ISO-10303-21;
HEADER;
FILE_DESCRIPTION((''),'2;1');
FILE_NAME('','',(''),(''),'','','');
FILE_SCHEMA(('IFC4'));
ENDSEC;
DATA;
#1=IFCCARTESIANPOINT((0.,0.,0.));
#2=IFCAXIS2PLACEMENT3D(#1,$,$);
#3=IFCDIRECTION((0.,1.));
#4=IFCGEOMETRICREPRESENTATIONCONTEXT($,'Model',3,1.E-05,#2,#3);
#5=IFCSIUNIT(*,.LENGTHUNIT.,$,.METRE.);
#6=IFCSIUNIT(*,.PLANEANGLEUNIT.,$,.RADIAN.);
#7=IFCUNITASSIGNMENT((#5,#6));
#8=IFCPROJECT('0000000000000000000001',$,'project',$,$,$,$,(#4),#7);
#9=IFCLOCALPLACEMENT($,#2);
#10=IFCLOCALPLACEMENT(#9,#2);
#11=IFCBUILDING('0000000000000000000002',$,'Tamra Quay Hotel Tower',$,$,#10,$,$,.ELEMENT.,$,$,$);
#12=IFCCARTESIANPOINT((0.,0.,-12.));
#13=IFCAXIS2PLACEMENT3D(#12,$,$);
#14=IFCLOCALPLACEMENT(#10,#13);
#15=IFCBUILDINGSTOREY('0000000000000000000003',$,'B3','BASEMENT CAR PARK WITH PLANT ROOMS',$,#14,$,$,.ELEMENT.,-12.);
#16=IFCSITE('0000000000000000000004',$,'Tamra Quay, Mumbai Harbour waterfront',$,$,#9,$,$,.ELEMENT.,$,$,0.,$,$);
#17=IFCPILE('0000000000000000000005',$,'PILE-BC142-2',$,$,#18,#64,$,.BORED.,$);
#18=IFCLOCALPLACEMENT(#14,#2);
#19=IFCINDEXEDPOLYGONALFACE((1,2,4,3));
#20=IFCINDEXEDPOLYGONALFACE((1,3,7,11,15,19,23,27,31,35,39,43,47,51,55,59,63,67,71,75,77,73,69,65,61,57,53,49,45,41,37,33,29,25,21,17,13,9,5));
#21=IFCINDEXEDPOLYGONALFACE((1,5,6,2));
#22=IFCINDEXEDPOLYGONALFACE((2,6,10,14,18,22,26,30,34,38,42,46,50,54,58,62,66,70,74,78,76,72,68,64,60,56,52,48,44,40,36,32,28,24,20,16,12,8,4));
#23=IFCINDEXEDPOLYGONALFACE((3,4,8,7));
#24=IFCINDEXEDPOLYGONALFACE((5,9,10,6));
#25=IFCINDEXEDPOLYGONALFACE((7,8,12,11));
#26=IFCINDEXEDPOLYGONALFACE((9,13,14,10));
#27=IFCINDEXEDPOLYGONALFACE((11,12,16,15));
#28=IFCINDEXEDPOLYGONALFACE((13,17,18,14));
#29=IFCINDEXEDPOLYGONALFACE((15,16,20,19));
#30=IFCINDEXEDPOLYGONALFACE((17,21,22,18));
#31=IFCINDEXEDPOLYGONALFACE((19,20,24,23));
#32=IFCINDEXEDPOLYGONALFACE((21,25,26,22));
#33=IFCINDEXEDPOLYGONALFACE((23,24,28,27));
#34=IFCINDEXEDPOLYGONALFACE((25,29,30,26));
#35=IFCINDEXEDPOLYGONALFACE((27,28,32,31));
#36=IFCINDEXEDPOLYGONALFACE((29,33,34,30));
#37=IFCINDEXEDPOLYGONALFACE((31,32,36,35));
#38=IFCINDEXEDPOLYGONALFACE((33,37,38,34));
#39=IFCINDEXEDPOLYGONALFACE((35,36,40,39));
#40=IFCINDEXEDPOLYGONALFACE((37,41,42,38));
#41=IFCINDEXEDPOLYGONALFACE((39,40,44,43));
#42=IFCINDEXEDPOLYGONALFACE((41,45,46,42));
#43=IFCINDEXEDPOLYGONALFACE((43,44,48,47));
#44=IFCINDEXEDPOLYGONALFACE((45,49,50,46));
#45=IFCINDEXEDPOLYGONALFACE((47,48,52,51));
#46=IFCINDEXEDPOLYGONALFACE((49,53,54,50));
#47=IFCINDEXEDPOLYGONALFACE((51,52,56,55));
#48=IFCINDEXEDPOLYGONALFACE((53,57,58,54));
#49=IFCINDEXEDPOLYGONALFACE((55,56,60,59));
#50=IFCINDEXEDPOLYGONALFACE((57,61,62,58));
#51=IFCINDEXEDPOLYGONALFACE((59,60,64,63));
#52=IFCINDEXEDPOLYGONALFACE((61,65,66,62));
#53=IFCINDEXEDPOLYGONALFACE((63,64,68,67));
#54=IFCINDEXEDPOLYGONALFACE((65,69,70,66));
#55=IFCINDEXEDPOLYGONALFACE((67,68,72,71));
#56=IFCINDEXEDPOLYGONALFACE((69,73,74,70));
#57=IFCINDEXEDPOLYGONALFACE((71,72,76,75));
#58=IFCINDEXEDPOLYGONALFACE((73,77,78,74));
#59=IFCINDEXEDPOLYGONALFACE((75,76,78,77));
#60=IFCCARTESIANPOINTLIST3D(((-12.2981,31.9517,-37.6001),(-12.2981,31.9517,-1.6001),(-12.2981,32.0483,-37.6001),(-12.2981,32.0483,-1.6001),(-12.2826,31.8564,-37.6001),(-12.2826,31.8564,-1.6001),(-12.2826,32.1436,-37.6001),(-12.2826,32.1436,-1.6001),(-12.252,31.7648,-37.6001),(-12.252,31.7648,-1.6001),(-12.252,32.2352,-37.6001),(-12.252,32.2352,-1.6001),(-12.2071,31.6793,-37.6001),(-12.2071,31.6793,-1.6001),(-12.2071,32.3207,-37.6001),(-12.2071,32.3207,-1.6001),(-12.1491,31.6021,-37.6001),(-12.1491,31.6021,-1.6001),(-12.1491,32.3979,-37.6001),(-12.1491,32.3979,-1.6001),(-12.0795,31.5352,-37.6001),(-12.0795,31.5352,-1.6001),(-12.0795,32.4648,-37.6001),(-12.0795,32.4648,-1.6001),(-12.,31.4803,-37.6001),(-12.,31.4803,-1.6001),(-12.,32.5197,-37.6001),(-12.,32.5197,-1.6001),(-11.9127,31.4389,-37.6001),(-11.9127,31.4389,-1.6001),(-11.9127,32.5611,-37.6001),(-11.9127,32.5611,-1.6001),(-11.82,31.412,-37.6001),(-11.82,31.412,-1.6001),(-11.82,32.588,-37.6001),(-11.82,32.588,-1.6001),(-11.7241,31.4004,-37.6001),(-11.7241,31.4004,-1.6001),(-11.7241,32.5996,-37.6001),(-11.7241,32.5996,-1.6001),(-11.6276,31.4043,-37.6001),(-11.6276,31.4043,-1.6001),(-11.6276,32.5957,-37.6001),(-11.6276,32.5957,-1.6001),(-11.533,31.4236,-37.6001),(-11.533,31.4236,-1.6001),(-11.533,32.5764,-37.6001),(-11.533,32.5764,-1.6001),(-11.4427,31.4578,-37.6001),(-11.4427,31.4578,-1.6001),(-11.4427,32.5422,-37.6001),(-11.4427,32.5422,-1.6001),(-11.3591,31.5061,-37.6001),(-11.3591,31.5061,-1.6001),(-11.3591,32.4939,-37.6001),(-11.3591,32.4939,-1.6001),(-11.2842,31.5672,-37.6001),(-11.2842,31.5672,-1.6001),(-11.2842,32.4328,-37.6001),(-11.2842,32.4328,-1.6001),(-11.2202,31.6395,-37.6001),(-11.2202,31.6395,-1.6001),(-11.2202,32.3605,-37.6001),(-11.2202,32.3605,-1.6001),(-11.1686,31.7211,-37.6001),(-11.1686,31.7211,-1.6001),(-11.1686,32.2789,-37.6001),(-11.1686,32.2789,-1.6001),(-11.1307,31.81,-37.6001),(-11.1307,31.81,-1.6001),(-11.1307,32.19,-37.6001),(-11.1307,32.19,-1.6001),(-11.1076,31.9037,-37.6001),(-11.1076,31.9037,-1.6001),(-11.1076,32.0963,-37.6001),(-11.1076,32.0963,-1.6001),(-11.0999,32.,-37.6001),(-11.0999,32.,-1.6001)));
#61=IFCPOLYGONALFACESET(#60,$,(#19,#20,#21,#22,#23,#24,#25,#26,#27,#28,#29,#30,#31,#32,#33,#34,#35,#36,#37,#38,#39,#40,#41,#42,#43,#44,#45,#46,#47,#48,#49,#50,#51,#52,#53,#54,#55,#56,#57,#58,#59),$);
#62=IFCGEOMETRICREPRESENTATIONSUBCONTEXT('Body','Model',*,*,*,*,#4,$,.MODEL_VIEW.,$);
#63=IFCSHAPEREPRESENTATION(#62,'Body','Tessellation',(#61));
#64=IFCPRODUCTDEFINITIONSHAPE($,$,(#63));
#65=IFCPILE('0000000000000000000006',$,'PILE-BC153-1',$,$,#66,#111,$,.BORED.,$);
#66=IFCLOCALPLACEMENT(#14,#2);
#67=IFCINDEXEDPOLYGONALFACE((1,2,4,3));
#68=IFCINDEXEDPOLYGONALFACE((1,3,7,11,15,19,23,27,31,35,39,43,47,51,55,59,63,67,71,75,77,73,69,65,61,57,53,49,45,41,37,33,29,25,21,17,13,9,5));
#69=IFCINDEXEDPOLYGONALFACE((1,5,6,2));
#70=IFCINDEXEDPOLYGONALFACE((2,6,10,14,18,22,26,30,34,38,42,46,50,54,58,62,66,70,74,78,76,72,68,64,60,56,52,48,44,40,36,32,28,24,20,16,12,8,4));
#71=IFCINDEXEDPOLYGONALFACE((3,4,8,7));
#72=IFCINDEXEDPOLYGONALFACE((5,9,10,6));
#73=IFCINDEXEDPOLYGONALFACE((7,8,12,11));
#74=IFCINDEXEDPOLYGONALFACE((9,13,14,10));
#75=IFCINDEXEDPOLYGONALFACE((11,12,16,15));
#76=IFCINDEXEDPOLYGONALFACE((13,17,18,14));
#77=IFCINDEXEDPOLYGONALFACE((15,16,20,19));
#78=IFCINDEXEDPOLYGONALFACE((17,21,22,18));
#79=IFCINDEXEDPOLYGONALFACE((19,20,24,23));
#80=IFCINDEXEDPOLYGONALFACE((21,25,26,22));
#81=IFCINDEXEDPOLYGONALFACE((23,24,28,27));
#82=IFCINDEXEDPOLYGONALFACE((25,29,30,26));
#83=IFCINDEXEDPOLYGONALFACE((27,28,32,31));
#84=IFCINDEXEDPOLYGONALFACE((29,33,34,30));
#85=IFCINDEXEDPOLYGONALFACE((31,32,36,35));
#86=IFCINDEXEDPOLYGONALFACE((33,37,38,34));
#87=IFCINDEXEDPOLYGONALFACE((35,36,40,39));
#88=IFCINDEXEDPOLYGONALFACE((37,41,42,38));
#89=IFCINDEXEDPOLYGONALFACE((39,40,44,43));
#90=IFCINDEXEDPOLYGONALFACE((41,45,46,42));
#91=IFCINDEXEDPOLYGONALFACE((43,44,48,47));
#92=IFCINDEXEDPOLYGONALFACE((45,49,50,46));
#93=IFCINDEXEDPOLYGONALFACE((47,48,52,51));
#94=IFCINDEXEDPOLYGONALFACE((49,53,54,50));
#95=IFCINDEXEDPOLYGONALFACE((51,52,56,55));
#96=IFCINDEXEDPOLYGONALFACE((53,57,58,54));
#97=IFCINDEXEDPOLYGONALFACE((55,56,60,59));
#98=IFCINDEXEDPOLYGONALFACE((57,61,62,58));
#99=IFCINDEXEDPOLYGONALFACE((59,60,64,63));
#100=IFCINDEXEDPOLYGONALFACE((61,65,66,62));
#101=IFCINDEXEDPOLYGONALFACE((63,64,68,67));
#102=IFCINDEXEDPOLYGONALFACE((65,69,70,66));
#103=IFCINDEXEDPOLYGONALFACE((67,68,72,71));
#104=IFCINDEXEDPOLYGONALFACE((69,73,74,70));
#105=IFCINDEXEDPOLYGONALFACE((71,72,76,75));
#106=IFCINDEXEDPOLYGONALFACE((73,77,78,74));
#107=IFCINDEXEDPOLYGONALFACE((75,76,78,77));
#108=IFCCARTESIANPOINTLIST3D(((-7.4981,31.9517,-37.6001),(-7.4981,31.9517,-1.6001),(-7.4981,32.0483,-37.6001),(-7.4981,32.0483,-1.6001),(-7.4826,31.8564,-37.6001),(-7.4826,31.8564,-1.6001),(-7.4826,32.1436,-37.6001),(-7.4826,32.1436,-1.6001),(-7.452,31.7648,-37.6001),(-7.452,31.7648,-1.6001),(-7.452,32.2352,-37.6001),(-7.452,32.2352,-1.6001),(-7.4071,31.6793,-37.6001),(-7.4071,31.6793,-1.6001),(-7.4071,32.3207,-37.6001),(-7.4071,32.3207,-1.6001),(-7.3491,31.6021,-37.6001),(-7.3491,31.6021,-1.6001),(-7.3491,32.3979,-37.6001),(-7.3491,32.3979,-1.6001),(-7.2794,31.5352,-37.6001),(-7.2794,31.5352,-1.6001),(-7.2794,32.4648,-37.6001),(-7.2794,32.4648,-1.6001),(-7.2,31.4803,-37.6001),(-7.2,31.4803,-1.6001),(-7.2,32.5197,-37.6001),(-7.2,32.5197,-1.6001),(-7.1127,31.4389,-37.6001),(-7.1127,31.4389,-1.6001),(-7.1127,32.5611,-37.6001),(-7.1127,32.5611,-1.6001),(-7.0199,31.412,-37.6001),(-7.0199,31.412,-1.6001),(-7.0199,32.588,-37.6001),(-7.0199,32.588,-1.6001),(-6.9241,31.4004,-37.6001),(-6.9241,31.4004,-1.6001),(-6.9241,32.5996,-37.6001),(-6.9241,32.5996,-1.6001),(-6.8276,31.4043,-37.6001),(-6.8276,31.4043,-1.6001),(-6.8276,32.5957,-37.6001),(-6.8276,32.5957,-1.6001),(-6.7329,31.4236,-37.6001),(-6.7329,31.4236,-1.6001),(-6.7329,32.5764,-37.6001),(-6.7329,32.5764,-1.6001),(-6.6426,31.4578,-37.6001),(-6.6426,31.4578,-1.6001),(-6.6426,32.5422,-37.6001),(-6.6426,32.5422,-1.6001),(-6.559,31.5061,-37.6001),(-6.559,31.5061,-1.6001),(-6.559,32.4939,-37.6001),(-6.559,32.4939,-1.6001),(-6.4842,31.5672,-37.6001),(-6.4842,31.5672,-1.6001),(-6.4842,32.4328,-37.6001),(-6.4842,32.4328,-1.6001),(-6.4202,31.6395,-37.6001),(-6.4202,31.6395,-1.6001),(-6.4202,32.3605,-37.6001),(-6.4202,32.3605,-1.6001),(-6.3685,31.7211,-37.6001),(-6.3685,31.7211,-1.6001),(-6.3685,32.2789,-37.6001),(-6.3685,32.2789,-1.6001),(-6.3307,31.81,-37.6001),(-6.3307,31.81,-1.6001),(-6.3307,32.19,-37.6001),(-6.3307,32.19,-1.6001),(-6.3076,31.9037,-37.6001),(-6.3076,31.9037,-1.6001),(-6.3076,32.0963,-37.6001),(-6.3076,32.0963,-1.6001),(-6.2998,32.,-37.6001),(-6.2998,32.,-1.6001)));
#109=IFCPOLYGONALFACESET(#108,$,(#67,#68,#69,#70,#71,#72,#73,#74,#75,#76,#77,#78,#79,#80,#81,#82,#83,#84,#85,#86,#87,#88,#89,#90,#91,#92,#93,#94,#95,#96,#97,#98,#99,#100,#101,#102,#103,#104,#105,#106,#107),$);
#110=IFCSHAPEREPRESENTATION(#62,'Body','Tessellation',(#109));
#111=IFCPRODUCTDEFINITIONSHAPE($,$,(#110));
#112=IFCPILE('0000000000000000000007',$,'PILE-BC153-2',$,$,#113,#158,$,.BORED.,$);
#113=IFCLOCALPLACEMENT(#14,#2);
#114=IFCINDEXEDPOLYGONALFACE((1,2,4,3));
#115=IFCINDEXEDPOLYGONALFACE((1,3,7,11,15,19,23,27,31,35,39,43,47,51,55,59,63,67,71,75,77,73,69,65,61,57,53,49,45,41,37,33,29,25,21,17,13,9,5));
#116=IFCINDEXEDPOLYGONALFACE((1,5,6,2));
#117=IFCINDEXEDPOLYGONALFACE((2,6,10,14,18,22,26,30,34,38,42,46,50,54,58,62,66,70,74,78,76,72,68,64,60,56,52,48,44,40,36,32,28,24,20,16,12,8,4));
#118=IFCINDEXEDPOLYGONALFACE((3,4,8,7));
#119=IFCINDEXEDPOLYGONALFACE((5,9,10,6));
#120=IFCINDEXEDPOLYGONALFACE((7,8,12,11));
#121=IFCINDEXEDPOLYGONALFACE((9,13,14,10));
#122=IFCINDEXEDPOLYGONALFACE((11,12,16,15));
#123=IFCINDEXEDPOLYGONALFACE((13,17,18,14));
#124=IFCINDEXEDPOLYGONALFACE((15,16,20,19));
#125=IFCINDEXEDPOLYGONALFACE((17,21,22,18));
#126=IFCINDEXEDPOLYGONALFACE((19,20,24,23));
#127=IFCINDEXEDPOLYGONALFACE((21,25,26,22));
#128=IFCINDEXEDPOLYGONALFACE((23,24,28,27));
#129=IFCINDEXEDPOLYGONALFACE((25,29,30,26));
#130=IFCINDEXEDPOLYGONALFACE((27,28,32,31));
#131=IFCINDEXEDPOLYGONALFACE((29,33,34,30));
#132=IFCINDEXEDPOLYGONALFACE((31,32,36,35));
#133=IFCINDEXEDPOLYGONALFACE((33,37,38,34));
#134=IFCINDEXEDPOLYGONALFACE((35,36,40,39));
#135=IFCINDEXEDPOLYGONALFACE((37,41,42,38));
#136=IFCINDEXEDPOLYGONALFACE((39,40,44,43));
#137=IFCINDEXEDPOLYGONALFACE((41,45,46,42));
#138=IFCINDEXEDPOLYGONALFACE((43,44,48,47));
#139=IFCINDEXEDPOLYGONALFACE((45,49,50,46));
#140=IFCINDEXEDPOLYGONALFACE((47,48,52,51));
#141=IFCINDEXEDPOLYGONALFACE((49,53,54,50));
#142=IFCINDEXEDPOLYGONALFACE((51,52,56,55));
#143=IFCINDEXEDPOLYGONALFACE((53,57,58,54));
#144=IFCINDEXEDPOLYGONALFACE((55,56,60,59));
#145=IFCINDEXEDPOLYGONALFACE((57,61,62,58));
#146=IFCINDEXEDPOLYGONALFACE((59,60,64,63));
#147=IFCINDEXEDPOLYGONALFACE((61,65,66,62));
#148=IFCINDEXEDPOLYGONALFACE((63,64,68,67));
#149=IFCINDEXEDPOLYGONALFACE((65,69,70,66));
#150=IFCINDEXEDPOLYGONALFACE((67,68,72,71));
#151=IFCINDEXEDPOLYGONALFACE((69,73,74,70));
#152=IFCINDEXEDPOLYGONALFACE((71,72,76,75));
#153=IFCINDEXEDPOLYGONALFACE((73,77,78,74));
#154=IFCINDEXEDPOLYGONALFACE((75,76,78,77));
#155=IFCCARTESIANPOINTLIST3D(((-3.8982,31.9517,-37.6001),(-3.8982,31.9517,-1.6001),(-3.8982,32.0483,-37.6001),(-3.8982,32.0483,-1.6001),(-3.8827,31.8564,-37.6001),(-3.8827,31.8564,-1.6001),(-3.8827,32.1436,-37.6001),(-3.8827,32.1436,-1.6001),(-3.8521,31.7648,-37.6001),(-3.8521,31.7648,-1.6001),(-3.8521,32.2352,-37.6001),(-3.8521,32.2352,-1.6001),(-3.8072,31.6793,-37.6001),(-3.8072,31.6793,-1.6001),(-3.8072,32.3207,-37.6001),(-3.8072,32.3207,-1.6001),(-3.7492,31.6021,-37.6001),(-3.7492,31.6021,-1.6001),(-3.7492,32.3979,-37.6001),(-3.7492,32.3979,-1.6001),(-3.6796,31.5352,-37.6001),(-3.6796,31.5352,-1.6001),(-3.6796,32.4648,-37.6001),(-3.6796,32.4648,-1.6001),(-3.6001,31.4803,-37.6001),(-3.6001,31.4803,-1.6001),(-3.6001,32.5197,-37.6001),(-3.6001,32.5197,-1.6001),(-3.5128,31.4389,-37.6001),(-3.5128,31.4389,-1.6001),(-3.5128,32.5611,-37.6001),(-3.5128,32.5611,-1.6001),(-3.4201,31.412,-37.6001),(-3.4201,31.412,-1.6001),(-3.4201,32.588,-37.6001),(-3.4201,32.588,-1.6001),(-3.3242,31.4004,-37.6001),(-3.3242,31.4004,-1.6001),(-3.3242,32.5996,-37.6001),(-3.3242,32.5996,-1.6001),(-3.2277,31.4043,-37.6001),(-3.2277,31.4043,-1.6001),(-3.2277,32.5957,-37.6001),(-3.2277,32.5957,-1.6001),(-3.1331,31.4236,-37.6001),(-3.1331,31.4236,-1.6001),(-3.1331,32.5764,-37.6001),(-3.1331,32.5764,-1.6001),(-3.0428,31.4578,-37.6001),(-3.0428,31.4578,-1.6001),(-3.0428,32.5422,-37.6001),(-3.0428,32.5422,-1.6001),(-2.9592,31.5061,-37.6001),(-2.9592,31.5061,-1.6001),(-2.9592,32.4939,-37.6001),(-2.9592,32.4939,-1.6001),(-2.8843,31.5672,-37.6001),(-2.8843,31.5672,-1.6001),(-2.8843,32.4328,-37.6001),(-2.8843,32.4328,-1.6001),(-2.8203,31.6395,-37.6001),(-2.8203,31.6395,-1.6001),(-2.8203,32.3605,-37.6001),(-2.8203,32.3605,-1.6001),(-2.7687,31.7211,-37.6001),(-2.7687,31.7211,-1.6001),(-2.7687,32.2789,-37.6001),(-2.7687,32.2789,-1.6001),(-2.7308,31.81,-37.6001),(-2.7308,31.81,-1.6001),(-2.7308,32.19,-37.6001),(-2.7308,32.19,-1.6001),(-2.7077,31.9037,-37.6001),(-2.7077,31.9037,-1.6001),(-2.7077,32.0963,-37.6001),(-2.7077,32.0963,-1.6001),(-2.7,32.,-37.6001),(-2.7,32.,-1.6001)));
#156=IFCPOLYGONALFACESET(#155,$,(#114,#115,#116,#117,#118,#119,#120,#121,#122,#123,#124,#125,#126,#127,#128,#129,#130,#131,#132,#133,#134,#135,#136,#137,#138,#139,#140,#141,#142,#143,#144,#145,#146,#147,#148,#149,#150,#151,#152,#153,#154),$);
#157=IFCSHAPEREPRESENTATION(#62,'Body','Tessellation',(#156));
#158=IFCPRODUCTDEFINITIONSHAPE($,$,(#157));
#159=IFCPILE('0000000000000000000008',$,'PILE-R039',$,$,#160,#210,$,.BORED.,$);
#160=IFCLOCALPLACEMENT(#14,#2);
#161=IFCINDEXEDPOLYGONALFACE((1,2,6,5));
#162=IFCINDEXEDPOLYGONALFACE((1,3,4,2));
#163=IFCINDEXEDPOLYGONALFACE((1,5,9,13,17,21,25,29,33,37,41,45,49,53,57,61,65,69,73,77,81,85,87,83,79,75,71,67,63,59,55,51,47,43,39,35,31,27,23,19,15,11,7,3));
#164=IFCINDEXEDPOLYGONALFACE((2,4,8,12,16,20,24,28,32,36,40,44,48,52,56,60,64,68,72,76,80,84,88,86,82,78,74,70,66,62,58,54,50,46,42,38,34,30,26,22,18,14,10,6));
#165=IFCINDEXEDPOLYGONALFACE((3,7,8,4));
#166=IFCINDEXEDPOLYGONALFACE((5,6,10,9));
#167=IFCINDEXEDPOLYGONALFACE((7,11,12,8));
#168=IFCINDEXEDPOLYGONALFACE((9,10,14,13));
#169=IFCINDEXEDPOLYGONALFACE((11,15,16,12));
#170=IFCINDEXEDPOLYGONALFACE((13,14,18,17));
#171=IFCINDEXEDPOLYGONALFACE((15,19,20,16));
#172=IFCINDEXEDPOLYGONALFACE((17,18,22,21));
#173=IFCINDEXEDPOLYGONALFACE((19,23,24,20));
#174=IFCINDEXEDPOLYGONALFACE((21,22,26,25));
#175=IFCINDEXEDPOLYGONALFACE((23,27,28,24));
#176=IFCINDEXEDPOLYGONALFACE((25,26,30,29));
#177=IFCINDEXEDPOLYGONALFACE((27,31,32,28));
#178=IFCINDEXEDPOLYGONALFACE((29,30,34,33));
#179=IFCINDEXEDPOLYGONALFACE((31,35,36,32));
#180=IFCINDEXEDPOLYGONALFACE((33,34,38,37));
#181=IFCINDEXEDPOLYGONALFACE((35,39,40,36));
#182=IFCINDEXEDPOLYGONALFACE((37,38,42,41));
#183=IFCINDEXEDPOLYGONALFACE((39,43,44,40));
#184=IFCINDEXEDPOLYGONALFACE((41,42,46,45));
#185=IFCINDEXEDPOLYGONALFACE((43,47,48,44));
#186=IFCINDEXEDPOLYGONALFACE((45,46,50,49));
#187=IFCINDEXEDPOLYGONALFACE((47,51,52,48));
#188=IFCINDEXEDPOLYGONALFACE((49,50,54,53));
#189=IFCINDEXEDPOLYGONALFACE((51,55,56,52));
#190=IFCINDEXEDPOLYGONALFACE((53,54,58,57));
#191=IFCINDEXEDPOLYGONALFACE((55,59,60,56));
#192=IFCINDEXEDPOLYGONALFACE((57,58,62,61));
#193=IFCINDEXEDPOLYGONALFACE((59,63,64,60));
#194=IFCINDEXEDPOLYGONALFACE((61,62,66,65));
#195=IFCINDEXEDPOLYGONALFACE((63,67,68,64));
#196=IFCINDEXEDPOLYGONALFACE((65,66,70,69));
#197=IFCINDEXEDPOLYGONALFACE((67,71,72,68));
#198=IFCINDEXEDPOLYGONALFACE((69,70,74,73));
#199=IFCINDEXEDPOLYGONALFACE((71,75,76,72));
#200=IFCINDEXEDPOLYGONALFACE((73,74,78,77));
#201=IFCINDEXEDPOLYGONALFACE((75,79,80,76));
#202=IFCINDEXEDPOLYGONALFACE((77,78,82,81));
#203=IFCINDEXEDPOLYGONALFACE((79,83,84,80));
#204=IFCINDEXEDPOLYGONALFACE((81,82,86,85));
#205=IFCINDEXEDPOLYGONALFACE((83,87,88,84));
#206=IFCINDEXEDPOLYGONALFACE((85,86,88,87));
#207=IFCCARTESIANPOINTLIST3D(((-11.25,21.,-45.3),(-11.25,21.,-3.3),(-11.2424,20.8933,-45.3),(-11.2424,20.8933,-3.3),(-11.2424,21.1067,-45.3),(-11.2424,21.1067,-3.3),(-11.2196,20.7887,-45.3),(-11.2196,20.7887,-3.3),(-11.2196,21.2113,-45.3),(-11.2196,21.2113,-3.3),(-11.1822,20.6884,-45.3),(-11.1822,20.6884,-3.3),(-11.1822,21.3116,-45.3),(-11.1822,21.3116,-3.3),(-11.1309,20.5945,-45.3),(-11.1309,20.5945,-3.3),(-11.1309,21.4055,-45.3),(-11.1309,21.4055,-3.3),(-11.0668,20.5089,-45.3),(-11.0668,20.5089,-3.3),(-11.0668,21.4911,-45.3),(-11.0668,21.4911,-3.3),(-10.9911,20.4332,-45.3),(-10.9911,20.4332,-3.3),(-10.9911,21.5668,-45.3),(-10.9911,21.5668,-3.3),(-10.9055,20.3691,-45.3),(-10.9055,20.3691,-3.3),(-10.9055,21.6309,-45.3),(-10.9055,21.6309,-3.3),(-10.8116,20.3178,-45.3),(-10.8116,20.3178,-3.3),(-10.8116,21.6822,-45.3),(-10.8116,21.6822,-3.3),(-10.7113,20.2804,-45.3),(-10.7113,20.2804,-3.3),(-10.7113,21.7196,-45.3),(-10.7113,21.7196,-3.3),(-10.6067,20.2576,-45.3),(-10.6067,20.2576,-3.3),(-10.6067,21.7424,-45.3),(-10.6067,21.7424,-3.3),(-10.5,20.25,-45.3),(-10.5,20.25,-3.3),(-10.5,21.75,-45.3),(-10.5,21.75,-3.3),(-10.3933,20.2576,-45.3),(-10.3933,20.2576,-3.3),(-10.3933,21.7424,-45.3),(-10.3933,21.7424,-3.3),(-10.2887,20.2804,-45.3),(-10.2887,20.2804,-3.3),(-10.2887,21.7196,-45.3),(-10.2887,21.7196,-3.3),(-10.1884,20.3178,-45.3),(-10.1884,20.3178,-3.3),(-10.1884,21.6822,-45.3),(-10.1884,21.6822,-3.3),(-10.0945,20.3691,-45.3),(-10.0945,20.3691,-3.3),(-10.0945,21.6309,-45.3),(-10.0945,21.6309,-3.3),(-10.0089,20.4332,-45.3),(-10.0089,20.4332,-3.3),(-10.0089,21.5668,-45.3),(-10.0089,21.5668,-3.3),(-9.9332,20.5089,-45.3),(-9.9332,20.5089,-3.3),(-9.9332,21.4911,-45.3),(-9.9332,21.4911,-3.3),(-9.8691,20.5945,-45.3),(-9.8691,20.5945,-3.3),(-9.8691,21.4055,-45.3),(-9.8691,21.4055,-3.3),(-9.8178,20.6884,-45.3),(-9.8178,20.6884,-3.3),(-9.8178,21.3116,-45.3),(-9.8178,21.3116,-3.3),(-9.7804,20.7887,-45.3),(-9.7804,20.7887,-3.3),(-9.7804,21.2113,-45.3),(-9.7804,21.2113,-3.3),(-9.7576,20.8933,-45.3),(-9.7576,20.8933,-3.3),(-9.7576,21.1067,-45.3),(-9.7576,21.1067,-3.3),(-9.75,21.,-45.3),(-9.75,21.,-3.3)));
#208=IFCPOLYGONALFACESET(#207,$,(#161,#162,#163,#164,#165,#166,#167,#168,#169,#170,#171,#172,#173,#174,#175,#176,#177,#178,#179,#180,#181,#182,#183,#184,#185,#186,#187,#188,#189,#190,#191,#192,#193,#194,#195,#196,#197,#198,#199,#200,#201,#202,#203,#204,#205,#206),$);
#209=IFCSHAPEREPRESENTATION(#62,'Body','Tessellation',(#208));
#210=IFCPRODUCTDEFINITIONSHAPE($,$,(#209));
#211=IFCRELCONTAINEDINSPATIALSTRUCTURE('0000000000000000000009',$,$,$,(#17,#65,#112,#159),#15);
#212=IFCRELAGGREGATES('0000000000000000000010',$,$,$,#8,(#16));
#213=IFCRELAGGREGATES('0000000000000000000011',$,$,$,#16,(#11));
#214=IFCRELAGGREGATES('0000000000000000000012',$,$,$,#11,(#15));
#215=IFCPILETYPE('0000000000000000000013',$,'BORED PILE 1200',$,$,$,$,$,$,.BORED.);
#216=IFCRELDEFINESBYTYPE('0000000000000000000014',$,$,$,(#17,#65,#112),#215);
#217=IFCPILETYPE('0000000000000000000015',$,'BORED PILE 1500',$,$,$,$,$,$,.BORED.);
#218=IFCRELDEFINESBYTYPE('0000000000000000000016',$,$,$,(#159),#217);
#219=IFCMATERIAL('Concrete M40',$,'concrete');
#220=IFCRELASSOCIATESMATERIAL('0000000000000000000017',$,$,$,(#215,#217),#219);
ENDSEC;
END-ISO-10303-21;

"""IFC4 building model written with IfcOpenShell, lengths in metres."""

from ifc_helpers import new_model, si_unit, direction, frame, origin, origin_2d, place, context, subcontext, project, spatial, circle, extrude, material, material_profile, profile_set, type_object, element, save


model = new_model("IFC4")

# Units and contexts
model_context = context("Model", 3, precision=1e-05, world=origin(), true_north=direction((0.0, 1.0)))
body_context = subcontext(model_context, "Body", "Model", "MODEL_VIEW")
ifc_project = project(units=[si_unit("LENGTHUNIT", "METRE"), si_unit("PLANEANGLEUNIT", "RADIAN")], contexts=[model_context])

# Site, building, storey
site_placement = place(None, origin())
site = spatial("IfcSite", under=ifc_project, at=site_placement, Name="Tamra Quay, Mumbai Harbour waterfront", CompositionType="ELEMENT", RefElevation=0.0)
building_placement = place(site_placement, origin())
building = spatial("IfcBuilding", under=site, at=building_placement, Name="Tamra Quay Hotel Tower", CompositionType="ELEMENT")
storey_placement = place(building_placement, frame((0.0, 0.0, -12.0)))
storey = spatial("IfcBuildingStorey", under=building, at=storey_placement, Name="B3", Description="BASEMENT CAR PARK WITH PLANT ROOMS", CompositionType="ELEMENT", Elevation=-12.0)

# Piles
ifc_material_1 = material(Name="Concrete M40", Category="concrete")
ifc_material_profile_1 = material_profile(ifc_material_1, circle(Radius=0.6001, at=origin_2d()), Name="BORED PILE 1200")
ifc_profile_set_1 = profile_set([ifc_material_profile_1], Name="Concrete M40")
pile_type_1 = type_object("IfcPileType", Name="BORED PILE 1200", PredefinedType="BORED", material=ifc_profile_set_1)
for number, where, z_axis, x_axis, name in (
    (1, (-11.7, 32.0, -1.6001), (0.0, 0.0, -1.0), (1.0, 0.0, 0.0), "PILE-BC142-2"),
    (2, (-6.8999, 32.0, -1.6001), (0.0, 0.0, -1.0), (1.0, 0.0, 0.0), "PILE-BC153-1"),
    (3, (-3.3, 32.0, -1.6001), (0.0, 0.0, -1.0), (1.0, 0.0, 0.0), "PILE-BC153-2"),
):
    element("IfcPile", number, at=place(storey_placement, frame(where, z_axis=z_axis, x_axis=x_axis)), inside=storey, type_object=pile_type_1, Name=name, PredefinedType="BORED", context=body_context, shape_type="SweptSolid", body=[
        extrude(circle(Radius=0.6001, at=origin_2d()), origin(), (0.0, 0.0, 1.0), 36.0),
    ])
ifc_material_profile_2 = material_profile(ifc_material_1, circle(Radius=0.75, at=origin_2d()), Name="BORED PILE 1500")
ifc_profile_set_2 = profile_set([ifc_material_profile_2], Name="Concrete M40")
pile_type_2 = type_object("IfcPileType", Name="BORED PILE 1500", PredefinedType="BORED", material=ifc_profile_set_2)
for number, where, z_axis, x_axis, name in (
    (4, (-10.5, 21.0, -3.3), (0.0, 0.0, -1.0), (1.0, 0.0, 0.0), "PILE-R039"),
):
    element("IfcPile", number, at=place(storey_placement, frame(where, z_axis=z_axis, x_axis=x_axis)), inside=storey, type_object=pile_type_2, Name=name, PredefinedType="BORED", context=body_context, shape_type="SweptSolid", body=[
        extrude(circle(Radius=0.75, at=origin_2d()), origin(), (0.0, 0.0, 1.0), 42.0),
    ])

save(model, "model.ifc")
